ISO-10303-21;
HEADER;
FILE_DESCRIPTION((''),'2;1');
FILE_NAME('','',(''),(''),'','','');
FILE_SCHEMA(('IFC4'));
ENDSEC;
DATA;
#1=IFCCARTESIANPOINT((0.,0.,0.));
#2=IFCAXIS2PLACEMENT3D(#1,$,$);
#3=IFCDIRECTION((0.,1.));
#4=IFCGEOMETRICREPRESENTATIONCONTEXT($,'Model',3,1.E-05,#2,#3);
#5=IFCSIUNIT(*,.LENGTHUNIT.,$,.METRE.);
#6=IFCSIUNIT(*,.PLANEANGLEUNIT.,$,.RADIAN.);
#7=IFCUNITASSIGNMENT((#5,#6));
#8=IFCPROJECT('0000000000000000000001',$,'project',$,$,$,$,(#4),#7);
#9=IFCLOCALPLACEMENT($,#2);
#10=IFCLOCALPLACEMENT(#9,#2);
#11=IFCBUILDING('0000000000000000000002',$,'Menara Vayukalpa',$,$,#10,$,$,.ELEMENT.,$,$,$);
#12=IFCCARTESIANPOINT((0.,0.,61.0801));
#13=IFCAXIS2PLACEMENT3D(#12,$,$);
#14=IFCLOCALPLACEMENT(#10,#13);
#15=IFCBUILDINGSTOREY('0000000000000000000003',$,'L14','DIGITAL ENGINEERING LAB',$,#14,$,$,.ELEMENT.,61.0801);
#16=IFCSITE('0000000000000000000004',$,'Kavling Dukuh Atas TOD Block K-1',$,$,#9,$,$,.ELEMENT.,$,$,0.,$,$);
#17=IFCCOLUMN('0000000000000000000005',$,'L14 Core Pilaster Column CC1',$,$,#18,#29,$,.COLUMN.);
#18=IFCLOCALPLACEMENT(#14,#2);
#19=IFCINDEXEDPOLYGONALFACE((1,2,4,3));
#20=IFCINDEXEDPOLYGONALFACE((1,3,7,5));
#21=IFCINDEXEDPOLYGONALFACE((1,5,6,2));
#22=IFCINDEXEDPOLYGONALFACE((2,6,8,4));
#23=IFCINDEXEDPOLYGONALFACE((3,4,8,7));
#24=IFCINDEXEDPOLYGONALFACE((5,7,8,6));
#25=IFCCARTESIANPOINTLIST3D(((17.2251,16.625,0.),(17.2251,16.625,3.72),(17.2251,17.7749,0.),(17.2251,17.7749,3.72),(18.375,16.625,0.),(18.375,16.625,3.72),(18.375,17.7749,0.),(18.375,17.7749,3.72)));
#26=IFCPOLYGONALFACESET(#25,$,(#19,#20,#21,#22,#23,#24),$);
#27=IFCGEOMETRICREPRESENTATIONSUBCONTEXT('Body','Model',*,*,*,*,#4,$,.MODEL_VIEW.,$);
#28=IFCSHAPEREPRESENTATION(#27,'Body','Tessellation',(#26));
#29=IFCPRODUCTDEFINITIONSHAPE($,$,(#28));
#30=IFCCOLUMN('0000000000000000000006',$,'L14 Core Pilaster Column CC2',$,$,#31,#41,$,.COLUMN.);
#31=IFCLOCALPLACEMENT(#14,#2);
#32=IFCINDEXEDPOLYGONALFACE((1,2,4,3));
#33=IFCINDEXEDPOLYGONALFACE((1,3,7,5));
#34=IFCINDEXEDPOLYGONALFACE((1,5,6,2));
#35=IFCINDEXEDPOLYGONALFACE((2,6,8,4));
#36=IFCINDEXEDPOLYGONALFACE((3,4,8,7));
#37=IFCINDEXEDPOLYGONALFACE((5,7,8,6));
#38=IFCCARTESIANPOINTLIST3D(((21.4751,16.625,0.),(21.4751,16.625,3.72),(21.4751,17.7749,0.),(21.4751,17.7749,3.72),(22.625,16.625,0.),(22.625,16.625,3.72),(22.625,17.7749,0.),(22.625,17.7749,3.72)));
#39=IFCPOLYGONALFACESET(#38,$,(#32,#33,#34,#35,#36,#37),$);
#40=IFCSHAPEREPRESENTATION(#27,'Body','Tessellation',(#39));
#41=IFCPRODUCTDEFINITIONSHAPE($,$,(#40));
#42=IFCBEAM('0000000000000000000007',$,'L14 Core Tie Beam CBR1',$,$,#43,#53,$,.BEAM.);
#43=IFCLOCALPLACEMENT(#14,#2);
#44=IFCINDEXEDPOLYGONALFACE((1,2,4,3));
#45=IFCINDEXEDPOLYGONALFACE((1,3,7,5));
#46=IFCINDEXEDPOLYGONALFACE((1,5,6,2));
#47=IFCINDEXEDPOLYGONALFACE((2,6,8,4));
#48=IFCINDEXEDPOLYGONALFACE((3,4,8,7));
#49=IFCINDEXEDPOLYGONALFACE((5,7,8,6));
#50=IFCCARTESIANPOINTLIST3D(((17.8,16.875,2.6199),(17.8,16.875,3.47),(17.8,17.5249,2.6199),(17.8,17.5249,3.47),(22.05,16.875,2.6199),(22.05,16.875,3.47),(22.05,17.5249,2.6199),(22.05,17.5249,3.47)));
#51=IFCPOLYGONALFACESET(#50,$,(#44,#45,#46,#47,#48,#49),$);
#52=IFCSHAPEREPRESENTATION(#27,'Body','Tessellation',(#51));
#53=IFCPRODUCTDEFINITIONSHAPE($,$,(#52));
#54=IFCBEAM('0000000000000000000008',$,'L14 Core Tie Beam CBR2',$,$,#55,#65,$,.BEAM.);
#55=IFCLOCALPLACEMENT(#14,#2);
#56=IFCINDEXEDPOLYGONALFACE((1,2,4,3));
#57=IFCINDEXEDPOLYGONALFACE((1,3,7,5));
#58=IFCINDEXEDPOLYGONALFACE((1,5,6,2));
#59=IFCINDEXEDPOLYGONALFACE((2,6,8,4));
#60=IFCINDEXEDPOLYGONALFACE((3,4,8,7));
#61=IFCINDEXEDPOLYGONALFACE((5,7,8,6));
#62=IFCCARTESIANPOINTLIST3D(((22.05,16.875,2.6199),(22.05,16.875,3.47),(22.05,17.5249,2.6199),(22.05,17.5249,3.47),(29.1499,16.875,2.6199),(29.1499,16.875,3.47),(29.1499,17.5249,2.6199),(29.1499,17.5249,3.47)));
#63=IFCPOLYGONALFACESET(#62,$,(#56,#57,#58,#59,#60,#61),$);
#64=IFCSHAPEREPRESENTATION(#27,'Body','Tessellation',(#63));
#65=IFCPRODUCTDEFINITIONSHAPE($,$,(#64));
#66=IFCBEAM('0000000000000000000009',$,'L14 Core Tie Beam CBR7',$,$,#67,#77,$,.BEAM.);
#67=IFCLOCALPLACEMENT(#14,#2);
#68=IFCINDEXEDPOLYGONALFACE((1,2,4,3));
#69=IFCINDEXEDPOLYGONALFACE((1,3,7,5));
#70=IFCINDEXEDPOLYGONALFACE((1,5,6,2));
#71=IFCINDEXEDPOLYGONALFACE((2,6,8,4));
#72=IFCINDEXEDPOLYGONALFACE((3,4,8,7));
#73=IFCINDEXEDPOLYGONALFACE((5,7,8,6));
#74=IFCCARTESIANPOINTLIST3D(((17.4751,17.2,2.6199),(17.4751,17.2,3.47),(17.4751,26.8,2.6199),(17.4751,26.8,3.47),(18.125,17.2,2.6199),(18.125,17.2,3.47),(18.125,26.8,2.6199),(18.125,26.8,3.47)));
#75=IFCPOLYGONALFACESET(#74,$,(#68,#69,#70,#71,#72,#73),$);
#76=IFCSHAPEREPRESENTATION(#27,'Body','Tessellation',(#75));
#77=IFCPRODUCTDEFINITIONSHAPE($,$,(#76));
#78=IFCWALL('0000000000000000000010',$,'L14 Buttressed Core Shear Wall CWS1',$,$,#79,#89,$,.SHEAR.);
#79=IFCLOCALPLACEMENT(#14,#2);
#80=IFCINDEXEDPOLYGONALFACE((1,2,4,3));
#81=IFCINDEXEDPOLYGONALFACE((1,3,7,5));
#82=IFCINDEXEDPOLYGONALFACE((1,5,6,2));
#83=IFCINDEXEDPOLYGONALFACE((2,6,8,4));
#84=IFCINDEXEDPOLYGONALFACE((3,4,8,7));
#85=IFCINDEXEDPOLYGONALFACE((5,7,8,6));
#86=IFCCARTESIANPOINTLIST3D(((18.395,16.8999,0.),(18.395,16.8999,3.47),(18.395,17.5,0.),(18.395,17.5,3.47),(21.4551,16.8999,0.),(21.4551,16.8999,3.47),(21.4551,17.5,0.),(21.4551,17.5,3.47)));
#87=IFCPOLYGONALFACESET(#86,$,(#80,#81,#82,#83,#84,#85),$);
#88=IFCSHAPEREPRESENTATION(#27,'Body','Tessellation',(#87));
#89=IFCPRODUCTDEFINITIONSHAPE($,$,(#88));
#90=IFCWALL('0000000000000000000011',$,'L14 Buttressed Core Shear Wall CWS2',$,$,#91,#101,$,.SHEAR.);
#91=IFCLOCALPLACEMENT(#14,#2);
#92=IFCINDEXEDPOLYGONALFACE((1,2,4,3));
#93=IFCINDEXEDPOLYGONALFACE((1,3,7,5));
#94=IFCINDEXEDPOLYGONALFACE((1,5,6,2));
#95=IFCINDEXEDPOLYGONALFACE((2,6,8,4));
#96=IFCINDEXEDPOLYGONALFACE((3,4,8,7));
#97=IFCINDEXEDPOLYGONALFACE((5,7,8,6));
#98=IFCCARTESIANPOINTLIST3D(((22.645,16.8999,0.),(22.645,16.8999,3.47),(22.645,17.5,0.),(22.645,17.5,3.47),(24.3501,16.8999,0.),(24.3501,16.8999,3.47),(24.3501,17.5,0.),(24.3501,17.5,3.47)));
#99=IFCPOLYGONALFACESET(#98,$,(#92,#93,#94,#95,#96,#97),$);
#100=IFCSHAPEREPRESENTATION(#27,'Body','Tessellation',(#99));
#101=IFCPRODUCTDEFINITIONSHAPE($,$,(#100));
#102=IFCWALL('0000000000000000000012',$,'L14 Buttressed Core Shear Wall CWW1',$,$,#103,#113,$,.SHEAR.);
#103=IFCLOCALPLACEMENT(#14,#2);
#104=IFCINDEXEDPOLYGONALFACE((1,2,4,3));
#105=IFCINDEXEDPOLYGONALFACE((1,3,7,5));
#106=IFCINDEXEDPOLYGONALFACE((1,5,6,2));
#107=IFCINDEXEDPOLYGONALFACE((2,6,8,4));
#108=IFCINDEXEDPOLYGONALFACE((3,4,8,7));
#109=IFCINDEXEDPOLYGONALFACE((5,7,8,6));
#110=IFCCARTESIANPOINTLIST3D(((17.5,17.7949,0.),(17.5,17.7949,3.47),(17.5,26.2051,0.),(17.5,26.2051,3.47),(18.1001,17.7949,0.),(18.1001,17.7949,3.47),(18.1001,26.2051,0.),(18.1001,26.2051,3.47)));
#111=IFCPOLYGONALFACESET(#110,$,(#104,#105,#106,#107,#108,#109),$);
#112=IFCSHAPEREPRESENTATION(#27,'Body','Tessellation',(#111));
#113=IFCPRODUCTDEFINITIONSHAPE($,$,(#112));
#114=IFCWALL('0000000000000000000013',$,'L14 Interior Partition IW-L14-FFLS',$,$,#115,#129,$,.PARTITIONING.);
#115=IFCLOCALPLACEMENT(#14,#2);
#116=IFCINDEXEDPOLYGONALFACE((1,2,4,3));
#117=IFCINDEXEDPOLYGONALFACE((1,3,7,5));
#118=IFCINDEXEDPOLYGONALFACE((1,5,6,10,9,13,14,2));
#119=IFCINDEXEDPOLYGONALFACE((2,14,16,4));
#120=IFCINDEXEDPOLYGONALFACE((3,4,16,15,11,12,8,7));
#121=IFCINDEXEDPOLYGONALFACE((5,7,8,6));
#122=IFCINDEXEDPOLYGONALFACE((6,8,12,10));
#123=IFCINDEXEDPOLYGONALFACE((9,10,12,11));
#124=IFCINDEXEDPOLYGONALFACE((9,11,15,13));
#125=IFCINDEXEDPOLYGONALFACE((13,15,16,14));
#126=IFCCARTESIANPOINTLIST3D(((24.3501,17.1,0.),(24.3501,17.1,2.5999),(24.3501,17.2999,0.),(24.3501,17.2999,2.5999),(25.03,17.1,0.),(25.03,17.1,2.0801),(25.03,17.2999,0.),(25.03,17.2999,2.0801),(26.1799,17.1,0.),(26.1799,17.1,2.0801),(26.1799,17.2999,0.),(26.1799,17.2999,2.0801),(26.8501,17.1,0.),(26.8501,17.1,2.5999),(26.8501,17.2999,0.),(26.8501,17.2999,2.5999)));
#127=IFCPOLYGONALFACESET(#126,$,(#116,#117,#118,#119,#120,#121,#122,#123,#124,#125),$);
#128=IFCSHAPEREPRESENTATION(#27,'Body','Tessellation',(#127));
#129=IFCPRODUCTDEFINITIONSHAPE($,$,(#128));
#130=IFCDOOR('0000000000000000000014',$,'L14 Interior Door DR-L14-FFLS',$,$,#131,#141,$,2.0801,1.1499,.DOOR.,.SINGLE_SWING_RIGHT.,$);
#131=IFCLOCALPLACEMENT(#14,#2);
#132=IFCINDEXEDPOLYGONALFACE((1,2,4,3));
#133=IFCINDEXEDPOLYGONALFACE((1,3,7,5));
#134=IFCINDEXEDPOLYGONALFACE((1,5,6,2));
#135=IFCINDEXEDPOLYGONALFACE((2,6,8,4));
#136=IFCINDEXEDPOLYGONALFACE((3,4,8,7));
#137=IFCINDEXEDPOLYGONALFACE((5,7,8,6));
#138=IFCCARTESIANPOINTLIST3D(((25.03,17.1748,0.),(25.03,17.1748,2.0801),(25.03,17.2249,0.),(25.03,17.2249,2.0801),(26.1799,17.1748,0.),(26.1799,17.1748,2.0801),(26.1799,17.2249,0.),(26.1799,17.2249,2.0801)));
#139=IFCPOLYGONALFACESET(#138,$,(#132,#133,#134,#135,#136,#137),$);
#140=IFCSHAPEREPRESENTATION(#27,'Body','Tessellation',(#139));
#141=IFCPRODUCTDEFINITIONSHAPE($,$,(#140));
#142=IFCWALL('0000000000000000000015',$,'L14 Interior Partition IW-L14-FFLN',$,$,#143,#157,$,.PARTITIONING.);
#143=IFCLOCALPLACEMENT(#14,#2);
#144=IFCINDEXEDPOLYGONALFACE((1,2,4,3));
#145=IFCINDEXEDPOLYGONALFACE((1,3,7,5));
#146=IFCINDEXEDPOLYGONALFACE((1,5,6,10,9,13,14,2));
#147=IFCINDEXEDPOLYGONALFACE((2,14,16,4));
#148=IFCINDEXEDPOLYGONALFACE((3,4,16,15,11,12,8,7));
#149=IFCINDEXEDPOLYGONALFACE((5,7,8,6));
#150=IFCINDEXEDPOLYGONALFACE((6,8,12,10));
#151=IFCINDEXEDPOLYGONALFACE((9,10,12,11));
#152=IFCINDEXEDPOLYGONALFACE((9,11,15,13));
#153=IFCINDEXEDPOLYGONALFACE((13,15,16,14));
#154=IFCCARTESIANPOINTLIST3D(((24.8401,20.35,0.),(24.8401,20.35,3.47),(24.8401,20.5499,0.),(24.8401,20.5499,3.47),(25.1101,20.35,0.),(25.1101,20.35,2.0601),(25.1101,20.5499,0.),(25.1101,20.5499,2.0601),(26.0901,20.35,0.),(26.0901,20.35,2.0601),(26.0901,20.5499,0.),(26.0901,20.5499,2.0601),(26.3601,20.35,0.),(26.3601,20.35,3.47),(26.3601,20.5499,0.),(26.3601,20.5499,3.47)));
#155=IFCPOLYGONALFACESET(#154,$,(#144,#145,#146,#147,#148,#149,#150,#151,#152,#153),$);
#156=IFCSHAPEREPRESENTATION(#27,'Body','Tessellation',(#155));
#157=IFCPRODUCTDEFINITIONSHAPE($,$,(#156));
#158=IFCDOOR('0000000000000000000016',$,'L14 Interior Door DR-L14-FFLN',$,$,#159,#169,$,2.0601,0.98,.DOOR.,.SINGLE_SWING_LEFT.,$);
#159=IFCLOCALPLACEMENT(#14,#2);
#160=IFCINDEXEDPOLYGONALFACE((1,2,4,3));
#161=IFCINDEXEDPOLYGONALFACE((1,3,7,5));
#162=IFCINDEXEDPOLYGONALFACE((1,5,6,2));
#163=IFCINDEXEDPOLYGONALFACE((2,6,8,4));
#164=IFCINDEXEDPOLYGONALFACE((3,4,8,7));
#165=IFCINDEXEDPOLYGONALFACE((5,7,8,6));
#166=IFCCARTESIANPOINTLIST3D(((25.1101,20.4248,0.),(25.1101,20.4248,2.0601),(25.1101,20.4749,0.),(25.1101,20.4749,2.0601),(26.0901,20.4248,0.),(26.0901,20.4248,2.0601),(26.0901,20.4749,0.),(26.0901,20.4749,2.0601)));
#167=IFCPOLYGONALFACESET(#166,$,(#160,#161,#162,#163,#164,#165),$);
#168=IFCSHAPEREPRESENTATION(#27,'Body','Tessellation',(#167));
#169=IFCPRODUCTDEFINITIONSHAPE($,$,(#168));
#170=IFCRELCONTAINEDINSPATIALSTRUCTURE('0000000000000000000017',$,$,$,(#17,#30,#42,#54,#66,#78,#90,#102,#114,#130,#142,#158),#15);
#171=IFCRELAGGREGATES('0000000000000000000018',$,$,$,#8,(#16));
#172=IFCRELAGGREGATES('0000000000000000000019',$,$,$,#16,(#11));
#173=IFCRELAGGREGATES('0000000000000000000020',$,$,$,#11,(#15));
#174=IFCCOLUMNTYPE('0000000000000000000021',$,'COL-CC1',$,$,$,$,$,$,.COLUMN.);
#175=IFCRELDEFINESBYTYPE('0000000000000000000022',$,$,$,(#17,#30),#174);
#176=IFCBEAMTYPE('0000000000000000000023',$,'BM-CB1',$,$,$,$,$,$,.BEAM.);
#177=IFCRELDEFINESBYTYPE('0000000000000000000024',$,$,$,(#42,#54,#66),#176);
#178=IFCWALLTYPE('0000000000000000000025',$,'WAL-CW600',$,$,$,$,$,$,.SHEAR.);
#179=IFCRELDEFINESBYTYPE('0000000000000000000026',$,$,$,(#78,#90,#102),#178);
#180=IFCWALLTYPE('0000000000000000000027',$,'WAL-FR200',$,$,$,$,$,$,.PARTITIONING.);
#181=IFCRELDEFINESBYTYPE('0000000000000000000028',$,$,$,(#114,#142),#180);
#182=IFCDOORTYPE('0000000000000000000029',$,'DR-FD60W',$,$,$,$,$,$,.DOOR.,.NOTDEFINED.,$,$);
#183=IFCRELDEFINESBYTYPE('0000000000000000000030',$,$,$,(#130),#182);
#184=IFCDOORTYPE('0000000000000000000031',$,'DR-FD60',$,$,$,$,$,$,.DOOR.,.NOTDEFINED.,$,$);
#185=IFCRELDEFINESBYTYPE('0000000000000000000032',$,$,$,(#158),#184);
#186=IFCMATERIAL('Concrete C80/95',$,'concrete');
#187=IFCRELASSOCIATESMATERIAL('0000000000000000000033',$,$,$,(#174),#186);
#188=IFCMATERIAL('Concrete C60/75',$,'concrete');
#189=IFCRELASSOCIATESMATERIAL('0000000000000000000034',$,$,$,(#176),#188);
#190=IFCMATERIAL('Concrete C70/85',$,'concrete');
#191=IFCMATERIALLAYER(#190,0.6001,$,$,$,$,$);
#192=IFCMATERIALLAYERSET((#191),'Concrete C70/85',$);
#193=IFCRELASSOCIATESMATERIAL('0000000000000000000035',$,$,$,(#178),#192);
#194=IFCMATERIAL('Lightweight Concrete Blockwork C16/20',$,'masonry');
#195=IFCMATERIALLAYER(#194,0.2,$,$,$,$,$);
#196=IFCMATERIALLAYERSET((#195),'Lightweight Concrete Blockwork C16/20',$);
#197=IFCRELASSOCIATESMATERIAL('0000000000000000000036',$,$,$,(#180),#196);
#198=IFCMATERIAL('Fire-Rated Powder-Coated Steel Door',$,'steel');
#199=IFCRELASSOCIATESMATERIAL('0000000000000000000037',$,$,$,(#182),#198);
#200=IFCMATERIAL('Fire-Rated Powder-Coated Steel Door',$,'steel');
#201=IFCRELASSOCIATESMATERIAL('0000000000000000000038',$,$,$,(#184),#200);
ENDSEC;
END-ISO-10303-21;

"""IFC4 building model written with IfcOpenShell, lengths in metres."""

from ifc_helpers import new_model, si_unit, direction, frame, frame_2d, origin, origin_2d, place, context, subcontext, project, spatial, rectangle, extrude, material, layer, layer_set, material_profile, profile_set, type_object, element, fill, save


model = new_model("IFC4")

# Units and contexts
model_context = context("Model", 3, precision=1e-05, world=origin(), true_north=direction((0.0, 1.0)))
body_context = subcontext(model_context, "Body", "Model", "MODEL_VIEW")
ifc_project = project(units=[si_unit("LENGTHUNIT", "METRE"), si_unit("PLANEANGLEUNIT", "RADIAN")], contexts=[model_context])

# Site, building, storey
site_placement = place(None, origin())
site = spatial("IfcSite", under=ifc_project, at=site_placement, Name="Kavling Dukuh Atas TOD Block K-1", CompositionType="ELEMENT", RefElevation=0.0)
building_placement = place(site_placement, origin())
building = spatial("IfcBuilding", under=site, at=building_placement, Name="Menara Vayukalpa", CompositionType="ELEMENT")
storey_placement = place(building_placement, frame((0.0, 0.0, 61.0801)))
storey = spatial("IfcBuildingStorey", under=building, at=storey_placement, Name="L14", Description="DIGITAL ENGINEERING LAB", CompositionType="ELEMENT", Elevation=61.0801)

# Columns
ifc_material_1 = material(Name="Concrete C80/95", Category="concrete")
ifc_material_profile_1 = material_profile(ifc_material_1, rectangle(XDim=1.1499, YDim=1.1499, at=origin_2d()), Name="RC 1150x1150")
ifc_profile_set_1 = profile_set([ifc_material_profile_1], Name="Concrete C80/95")
column_type = type_object("IfcColumnType", Name="COL-CC1", PredefinedType="COLUMN", material=ifc_profile_set_1)
for number, where, z_axis, x_axis, name in (
    (1, (17.8, 17.2, 0.0), (0.0, 0.0, 1.0), (1.0, 0.0, 0.0), "L14 Core Pilaster Column CC1"),
    (2, (22.05, 17.2, 0.0), (0.0, 0.0, 1.0), (1.0, 0.0, 0.0), "L14 Core Pilaster Column CC2"),
):
    element("IfcColumn", number, at=place(storey_placement, frame(where, z_axis=z_axis, x_axis=x_axis)), inside=storey, type_object=column_type, Name=name, PredefinedType="COLUMN", context=body_context, shape_type="SweptSolid", body=[
        extrude(rectangle(XDim=1.1499, YDim=1.1499, at=origin_2d()), origin(), (0.0, 0.0, 1.0), 3.72),
    ])

# Beams
ifc_material_2 = material(Name="Concrete C60/75", Category="concrete")
ifc_material_profile_2 = material_profile(ifc_material_2, rectangle(XDim=0.6499, YDim=0.8501, at=origin_2d()), Name="RC 650x850")
ifc_profile_set_2 = profile_set([ifc_material_profile_2], Name="Concrete C60/75")
beam_type = type_object("IfcBeamType", Name="BM-CB1", PredefinedType="BEAM", material=ifc_profile_set_2)
beam_1_placement = place(storey_placement, frame((17.8, 17.2, 3.0449), z_axis=(1.0, 0.0, 0.0), x_axis=(0.0, 1.0, 0.0)))
element("IfcBeam", 3, at=beam_1_placement, inside=storey, type_object=beam_type, Name="L14 Core Tie Beam CBR1", PredefinedType="BEAM", context=body_context, shape_type="SweptSolid", body=[
    extrude(rectangle(XDim=0.6499, YDim=0.8501, at=origin_2d()), origin(), (0.0, 0.0, 1.0), 4.25),
])
beam_2_placement = place(storey_placement, frame((22.05, 17.2, 3.0449), z_axis=(1.0, 0.0, 0.0), x_axis=(0.0, 1.0, 0.0)))
element("IfcBeam", 4, at=beam_2_placement, inside=storey, type_object=beam_type, Name="L14 Core Tie Beam CBR2", PredefinedType="BEAM", context=body_context, shape_type="SweptSolid", body=[
    extrude(rectangle(XDim=0.6499, YDim=0.8501, at=origin_2d()), origin(), (0.0, 0.0, 1.0), 7.0999),
])
beam_3_placement = place(storey_placement, frame((17.8, 17.2, 3.0449), z_axis=(0.0, 1.0, 0.0), x_axis=(-1.0, 0.0, 0.0)))
element("IfcBeam", 5, at=beam_3_placement, inside=storey, type_object=beam_type, Name="L14 Core Tie Beam CBR7", PredefinedType="BEAM", context=body_context, shape_type="SweptSolid", body=[
    extrude(rectangle(XDim=0.6499, YDim=0.8501, at=origin_2d()), origin(), (0.0, 0.0, 1.0), 9.6001),
])

# Walls
ifc_material_3 = material(Name="Concrete C70/85", Category="concrete")
ifc_layer_1 = layer(ifc_material_3, 0.6001)
ifc_layer_set_1 = layer_set([ifc_layer_1], Name="Concrete C70/85")
wall_type_1 = type_object("IfcWallType", Name="WAL-CW600", PredefinedType="SHEAR", material=ifc_layer_set_1)
wall_1_placement = place(storey_placement, frame((18.395, 17.2, 0.0), z_axis=(0.0, 0.0, 1.0), x_axis=(1.0, 0.0, 0.0)))
element("IfcWall", 6, at=wall_1_placement, inside=storey, type_object=wall_type_1, Name="L14 Buttressed Core Shear Wall CWS1", PredefinedType="SHEAR", context=body_context, shape_type="SweptSolid", body=[
    extrude(rectangle(XDim=3.0601, YDim=0.6001, at=frame_2d((1.53, 0.0))), origin(), (0.0, 0.0, 1.0), 3.47),
])
wall_2_placement = place(storey_placement, frame((22.645, 17.2, 0.0), z_axis=(0.0, 0.0, 1.0), x_axis=(1.0, 0.0, 0.0)))
element("IfcWall", 7, at=wall_2_placement, inside=storey, type_object=wall_type_1, Name="L14 Buttressed Core Shear Wall CWS2", PredefinedType="SHEAR", context=body_context, shape_type="SweptSolid", body=[
    extrude(rectangle(XDim=1.7051, YDim=0.6001, at=frame_2d((0.8525, 0.0))), origin(), (0.0, 0.0, 1.0), 3.47),
])
wall_3_placement = place(storey_placement, frame((17.8, 17.7949, 0.0), z_axis=(0.0, 0.0, 1.0), x_axis=(0.0, 1.0, 0.0)))
element("IfcWall", 8, at=wall_3_placement, inside=storey, type_object=wall_type_1, Name="L14 Buttressed Core Shear Wall CWW1", PredefinedType="SHEAR", context=body_context, shape_type="SweptSolid", body=[
    extrude(rectangle(XDim=8.4102, YDim=0.6001, at=frame_2d((4.2051, 0.0))), origin(), (0.0, 0.0, 1.0), 3.47),
])

# Walls, openings, doors
ifc_material_4 = material(Name="Lightweight Concrete Blockwork C16/20", Category="masonry")
ifc_layer_2 = layer(ifc_material_4, 0.2)
ifc_layer_set_2 = layer_set([ifc_layer_2], Name="Lightweight Concrete Blockwork C16/20")
wall_type_2 = type_object("IfcWallType", Name="WAL-FR200", PredefinedType="PARTITIONING", material=ifc_layer_set_2)
wall_4_placement = place(storey_placement, frame((24.3501, 17.2, 0.0), z_axis=(0.0, 0.0, 1.0), x_axis=(1.0, 0.0, 0.0)))
wall_4 = element("IfcWall", 9, at=wall_4_placement, inside=storey, type_object=wall_type_2, Name="L14 Interior Partition IW-L14-FFLS", PredefinedType="PARTITIONING", context=body_context, shape_type="SweptSolid", body=[
    extrude(rectangle(XDim=2.5, YDim=0.2, at=frame_2d((1.25, 0.0))), origin(), (0.0, 0.0, 1.0), 2.5999),
])
opening_1_placement = place(wall_4_placement, frame((0.6799, 0.0, 0.0)))
opening_1 = element("IfcOpeningElement", 10, at=opening_1_placement, cuts=wall_4, PredefinedType="OPENING", context=body_context, shape_type="SweptSolid", body=[
    extrude(rectangle(XDim=1.1499, YDim=2.0801, at=frame_2d((0.575, 1.04))), frame((0.0, 0.1099, 0.0), z_axis=(0.0, -1.0, 0.0), x_axis=(1.0, 0.0, 0.0)), (0.0, 0.0, 1.0), 0.22),
])
ifc_material_5 = material(Name="Fire-Rated Powder-Coated Steel Door", Category="steel")
door_type_1 = type_object("IfcDoorType", Name="DR-FD60W", OperationType="NOTDEFINED", PredefinedType="DOOR", material=ifc_material_5)
door_1_placement = place(opening_1_placement, origin())
door_1 = element("IfcDoor", 11, at=door_1_placement, inside=storey, type_object=door_type_1, Name="L14 Interior Door DR-L14-FFLS", OperationType="SINGLE_SWING_RIGHT", OverallHeight=2.0801, OverallWidth=1.1499, PredefinedType="DOOR", context=body_context, shape_type="SweptSolid", body=[
    extrude(rectangle(XDim=1.1499, YDim=2.0801, at=frame_2d((0.575, 1.04))), frame((0.0, 0.0249, 0.0), z_axis=(0.0, -1.0, 0.0), x_axis=(1.0, 0.0, 0.0)), (0.0, 0.0, 1.0), 0.05),
])
fill(opening_1, door_1)
wall_5_placement = place(storey_placement, frame((24.8401, 20.45, 0.0), z_axis=(0.0, 0.0, 1.0), x_axis=(1.0, 0.0, 0.0)))
wall_5 = element("IfcWall", 12, at=wall_5_placement, inside=storey, type_object=wall_type_2, Name="L14 Interior Partition IW-L14-FFLN", PredefinedType="PARTITIONING", context=body_context, shape_type="SweptSolid", body=[
    extrude(rectangle(XDim=1.52, YDim=0.2, at=frame_2d((0.76, 0.0))), origin(), (0.0, 0.0, 1.0), 3.47),
])
opening_2_placement = place(wall_5_placement, frame((0.27, 0.0, 0.0)))
opening_2 = element("IfcOpeningElement", 13, at=opening_2_placement, cuts=wall_5, PredefinedType="OPENING", context=body_context, shape_type="SweptSolid", body=[
    extrude(rectangle(XDim=0.98, YDim=2.0601, at=frame_2d((0.49, 1.03))), frame((0.0, 0.1099, 0.0), z_axis=(0.0, -1.0, 0.0), x_axis=(1.0, 0.0, 0.0)), (0.0, 0.0, 1.0), 0.22),
])
ifc_material_6 = material(Name="Fire-Rated Powder-Coated Steel Door", Category="steel")
door_type_2 = type_object("IfcDoorType", Name="DR-FD60", OperationType="NOTDEFINED", PredefinedType="DOOR", material=ifc_material_6)
door_2_placement = place(opening_2_placement, origin())
door_2 = element("IfcDoor", 14, at=door_2_placement, inside=storey, type_object=door_type_2, Name="L14 Interior Door DR-L14-FFLN", OperationType="SINGLE_SWING_LEFT", OverallHeight=2.0601, OverallWidth=0.98, PredefinedType="DOOR", context=body_context, shape_type="SweptSolid", body=[
    extrude(rectangle(XDim=0.98, YDim=2.0601, at=frame_2d((0.49, 1.03))), frame((0.0, 0.0249, 0.0), z_axis=(0.0, -1.0, 0.0), x_axis=(1.0, 0.0, 0.0)), (0.0, 0.0, 1.0), 0.05),
])
fill(opening_2, door_2)

save(model, "model.ifc")
